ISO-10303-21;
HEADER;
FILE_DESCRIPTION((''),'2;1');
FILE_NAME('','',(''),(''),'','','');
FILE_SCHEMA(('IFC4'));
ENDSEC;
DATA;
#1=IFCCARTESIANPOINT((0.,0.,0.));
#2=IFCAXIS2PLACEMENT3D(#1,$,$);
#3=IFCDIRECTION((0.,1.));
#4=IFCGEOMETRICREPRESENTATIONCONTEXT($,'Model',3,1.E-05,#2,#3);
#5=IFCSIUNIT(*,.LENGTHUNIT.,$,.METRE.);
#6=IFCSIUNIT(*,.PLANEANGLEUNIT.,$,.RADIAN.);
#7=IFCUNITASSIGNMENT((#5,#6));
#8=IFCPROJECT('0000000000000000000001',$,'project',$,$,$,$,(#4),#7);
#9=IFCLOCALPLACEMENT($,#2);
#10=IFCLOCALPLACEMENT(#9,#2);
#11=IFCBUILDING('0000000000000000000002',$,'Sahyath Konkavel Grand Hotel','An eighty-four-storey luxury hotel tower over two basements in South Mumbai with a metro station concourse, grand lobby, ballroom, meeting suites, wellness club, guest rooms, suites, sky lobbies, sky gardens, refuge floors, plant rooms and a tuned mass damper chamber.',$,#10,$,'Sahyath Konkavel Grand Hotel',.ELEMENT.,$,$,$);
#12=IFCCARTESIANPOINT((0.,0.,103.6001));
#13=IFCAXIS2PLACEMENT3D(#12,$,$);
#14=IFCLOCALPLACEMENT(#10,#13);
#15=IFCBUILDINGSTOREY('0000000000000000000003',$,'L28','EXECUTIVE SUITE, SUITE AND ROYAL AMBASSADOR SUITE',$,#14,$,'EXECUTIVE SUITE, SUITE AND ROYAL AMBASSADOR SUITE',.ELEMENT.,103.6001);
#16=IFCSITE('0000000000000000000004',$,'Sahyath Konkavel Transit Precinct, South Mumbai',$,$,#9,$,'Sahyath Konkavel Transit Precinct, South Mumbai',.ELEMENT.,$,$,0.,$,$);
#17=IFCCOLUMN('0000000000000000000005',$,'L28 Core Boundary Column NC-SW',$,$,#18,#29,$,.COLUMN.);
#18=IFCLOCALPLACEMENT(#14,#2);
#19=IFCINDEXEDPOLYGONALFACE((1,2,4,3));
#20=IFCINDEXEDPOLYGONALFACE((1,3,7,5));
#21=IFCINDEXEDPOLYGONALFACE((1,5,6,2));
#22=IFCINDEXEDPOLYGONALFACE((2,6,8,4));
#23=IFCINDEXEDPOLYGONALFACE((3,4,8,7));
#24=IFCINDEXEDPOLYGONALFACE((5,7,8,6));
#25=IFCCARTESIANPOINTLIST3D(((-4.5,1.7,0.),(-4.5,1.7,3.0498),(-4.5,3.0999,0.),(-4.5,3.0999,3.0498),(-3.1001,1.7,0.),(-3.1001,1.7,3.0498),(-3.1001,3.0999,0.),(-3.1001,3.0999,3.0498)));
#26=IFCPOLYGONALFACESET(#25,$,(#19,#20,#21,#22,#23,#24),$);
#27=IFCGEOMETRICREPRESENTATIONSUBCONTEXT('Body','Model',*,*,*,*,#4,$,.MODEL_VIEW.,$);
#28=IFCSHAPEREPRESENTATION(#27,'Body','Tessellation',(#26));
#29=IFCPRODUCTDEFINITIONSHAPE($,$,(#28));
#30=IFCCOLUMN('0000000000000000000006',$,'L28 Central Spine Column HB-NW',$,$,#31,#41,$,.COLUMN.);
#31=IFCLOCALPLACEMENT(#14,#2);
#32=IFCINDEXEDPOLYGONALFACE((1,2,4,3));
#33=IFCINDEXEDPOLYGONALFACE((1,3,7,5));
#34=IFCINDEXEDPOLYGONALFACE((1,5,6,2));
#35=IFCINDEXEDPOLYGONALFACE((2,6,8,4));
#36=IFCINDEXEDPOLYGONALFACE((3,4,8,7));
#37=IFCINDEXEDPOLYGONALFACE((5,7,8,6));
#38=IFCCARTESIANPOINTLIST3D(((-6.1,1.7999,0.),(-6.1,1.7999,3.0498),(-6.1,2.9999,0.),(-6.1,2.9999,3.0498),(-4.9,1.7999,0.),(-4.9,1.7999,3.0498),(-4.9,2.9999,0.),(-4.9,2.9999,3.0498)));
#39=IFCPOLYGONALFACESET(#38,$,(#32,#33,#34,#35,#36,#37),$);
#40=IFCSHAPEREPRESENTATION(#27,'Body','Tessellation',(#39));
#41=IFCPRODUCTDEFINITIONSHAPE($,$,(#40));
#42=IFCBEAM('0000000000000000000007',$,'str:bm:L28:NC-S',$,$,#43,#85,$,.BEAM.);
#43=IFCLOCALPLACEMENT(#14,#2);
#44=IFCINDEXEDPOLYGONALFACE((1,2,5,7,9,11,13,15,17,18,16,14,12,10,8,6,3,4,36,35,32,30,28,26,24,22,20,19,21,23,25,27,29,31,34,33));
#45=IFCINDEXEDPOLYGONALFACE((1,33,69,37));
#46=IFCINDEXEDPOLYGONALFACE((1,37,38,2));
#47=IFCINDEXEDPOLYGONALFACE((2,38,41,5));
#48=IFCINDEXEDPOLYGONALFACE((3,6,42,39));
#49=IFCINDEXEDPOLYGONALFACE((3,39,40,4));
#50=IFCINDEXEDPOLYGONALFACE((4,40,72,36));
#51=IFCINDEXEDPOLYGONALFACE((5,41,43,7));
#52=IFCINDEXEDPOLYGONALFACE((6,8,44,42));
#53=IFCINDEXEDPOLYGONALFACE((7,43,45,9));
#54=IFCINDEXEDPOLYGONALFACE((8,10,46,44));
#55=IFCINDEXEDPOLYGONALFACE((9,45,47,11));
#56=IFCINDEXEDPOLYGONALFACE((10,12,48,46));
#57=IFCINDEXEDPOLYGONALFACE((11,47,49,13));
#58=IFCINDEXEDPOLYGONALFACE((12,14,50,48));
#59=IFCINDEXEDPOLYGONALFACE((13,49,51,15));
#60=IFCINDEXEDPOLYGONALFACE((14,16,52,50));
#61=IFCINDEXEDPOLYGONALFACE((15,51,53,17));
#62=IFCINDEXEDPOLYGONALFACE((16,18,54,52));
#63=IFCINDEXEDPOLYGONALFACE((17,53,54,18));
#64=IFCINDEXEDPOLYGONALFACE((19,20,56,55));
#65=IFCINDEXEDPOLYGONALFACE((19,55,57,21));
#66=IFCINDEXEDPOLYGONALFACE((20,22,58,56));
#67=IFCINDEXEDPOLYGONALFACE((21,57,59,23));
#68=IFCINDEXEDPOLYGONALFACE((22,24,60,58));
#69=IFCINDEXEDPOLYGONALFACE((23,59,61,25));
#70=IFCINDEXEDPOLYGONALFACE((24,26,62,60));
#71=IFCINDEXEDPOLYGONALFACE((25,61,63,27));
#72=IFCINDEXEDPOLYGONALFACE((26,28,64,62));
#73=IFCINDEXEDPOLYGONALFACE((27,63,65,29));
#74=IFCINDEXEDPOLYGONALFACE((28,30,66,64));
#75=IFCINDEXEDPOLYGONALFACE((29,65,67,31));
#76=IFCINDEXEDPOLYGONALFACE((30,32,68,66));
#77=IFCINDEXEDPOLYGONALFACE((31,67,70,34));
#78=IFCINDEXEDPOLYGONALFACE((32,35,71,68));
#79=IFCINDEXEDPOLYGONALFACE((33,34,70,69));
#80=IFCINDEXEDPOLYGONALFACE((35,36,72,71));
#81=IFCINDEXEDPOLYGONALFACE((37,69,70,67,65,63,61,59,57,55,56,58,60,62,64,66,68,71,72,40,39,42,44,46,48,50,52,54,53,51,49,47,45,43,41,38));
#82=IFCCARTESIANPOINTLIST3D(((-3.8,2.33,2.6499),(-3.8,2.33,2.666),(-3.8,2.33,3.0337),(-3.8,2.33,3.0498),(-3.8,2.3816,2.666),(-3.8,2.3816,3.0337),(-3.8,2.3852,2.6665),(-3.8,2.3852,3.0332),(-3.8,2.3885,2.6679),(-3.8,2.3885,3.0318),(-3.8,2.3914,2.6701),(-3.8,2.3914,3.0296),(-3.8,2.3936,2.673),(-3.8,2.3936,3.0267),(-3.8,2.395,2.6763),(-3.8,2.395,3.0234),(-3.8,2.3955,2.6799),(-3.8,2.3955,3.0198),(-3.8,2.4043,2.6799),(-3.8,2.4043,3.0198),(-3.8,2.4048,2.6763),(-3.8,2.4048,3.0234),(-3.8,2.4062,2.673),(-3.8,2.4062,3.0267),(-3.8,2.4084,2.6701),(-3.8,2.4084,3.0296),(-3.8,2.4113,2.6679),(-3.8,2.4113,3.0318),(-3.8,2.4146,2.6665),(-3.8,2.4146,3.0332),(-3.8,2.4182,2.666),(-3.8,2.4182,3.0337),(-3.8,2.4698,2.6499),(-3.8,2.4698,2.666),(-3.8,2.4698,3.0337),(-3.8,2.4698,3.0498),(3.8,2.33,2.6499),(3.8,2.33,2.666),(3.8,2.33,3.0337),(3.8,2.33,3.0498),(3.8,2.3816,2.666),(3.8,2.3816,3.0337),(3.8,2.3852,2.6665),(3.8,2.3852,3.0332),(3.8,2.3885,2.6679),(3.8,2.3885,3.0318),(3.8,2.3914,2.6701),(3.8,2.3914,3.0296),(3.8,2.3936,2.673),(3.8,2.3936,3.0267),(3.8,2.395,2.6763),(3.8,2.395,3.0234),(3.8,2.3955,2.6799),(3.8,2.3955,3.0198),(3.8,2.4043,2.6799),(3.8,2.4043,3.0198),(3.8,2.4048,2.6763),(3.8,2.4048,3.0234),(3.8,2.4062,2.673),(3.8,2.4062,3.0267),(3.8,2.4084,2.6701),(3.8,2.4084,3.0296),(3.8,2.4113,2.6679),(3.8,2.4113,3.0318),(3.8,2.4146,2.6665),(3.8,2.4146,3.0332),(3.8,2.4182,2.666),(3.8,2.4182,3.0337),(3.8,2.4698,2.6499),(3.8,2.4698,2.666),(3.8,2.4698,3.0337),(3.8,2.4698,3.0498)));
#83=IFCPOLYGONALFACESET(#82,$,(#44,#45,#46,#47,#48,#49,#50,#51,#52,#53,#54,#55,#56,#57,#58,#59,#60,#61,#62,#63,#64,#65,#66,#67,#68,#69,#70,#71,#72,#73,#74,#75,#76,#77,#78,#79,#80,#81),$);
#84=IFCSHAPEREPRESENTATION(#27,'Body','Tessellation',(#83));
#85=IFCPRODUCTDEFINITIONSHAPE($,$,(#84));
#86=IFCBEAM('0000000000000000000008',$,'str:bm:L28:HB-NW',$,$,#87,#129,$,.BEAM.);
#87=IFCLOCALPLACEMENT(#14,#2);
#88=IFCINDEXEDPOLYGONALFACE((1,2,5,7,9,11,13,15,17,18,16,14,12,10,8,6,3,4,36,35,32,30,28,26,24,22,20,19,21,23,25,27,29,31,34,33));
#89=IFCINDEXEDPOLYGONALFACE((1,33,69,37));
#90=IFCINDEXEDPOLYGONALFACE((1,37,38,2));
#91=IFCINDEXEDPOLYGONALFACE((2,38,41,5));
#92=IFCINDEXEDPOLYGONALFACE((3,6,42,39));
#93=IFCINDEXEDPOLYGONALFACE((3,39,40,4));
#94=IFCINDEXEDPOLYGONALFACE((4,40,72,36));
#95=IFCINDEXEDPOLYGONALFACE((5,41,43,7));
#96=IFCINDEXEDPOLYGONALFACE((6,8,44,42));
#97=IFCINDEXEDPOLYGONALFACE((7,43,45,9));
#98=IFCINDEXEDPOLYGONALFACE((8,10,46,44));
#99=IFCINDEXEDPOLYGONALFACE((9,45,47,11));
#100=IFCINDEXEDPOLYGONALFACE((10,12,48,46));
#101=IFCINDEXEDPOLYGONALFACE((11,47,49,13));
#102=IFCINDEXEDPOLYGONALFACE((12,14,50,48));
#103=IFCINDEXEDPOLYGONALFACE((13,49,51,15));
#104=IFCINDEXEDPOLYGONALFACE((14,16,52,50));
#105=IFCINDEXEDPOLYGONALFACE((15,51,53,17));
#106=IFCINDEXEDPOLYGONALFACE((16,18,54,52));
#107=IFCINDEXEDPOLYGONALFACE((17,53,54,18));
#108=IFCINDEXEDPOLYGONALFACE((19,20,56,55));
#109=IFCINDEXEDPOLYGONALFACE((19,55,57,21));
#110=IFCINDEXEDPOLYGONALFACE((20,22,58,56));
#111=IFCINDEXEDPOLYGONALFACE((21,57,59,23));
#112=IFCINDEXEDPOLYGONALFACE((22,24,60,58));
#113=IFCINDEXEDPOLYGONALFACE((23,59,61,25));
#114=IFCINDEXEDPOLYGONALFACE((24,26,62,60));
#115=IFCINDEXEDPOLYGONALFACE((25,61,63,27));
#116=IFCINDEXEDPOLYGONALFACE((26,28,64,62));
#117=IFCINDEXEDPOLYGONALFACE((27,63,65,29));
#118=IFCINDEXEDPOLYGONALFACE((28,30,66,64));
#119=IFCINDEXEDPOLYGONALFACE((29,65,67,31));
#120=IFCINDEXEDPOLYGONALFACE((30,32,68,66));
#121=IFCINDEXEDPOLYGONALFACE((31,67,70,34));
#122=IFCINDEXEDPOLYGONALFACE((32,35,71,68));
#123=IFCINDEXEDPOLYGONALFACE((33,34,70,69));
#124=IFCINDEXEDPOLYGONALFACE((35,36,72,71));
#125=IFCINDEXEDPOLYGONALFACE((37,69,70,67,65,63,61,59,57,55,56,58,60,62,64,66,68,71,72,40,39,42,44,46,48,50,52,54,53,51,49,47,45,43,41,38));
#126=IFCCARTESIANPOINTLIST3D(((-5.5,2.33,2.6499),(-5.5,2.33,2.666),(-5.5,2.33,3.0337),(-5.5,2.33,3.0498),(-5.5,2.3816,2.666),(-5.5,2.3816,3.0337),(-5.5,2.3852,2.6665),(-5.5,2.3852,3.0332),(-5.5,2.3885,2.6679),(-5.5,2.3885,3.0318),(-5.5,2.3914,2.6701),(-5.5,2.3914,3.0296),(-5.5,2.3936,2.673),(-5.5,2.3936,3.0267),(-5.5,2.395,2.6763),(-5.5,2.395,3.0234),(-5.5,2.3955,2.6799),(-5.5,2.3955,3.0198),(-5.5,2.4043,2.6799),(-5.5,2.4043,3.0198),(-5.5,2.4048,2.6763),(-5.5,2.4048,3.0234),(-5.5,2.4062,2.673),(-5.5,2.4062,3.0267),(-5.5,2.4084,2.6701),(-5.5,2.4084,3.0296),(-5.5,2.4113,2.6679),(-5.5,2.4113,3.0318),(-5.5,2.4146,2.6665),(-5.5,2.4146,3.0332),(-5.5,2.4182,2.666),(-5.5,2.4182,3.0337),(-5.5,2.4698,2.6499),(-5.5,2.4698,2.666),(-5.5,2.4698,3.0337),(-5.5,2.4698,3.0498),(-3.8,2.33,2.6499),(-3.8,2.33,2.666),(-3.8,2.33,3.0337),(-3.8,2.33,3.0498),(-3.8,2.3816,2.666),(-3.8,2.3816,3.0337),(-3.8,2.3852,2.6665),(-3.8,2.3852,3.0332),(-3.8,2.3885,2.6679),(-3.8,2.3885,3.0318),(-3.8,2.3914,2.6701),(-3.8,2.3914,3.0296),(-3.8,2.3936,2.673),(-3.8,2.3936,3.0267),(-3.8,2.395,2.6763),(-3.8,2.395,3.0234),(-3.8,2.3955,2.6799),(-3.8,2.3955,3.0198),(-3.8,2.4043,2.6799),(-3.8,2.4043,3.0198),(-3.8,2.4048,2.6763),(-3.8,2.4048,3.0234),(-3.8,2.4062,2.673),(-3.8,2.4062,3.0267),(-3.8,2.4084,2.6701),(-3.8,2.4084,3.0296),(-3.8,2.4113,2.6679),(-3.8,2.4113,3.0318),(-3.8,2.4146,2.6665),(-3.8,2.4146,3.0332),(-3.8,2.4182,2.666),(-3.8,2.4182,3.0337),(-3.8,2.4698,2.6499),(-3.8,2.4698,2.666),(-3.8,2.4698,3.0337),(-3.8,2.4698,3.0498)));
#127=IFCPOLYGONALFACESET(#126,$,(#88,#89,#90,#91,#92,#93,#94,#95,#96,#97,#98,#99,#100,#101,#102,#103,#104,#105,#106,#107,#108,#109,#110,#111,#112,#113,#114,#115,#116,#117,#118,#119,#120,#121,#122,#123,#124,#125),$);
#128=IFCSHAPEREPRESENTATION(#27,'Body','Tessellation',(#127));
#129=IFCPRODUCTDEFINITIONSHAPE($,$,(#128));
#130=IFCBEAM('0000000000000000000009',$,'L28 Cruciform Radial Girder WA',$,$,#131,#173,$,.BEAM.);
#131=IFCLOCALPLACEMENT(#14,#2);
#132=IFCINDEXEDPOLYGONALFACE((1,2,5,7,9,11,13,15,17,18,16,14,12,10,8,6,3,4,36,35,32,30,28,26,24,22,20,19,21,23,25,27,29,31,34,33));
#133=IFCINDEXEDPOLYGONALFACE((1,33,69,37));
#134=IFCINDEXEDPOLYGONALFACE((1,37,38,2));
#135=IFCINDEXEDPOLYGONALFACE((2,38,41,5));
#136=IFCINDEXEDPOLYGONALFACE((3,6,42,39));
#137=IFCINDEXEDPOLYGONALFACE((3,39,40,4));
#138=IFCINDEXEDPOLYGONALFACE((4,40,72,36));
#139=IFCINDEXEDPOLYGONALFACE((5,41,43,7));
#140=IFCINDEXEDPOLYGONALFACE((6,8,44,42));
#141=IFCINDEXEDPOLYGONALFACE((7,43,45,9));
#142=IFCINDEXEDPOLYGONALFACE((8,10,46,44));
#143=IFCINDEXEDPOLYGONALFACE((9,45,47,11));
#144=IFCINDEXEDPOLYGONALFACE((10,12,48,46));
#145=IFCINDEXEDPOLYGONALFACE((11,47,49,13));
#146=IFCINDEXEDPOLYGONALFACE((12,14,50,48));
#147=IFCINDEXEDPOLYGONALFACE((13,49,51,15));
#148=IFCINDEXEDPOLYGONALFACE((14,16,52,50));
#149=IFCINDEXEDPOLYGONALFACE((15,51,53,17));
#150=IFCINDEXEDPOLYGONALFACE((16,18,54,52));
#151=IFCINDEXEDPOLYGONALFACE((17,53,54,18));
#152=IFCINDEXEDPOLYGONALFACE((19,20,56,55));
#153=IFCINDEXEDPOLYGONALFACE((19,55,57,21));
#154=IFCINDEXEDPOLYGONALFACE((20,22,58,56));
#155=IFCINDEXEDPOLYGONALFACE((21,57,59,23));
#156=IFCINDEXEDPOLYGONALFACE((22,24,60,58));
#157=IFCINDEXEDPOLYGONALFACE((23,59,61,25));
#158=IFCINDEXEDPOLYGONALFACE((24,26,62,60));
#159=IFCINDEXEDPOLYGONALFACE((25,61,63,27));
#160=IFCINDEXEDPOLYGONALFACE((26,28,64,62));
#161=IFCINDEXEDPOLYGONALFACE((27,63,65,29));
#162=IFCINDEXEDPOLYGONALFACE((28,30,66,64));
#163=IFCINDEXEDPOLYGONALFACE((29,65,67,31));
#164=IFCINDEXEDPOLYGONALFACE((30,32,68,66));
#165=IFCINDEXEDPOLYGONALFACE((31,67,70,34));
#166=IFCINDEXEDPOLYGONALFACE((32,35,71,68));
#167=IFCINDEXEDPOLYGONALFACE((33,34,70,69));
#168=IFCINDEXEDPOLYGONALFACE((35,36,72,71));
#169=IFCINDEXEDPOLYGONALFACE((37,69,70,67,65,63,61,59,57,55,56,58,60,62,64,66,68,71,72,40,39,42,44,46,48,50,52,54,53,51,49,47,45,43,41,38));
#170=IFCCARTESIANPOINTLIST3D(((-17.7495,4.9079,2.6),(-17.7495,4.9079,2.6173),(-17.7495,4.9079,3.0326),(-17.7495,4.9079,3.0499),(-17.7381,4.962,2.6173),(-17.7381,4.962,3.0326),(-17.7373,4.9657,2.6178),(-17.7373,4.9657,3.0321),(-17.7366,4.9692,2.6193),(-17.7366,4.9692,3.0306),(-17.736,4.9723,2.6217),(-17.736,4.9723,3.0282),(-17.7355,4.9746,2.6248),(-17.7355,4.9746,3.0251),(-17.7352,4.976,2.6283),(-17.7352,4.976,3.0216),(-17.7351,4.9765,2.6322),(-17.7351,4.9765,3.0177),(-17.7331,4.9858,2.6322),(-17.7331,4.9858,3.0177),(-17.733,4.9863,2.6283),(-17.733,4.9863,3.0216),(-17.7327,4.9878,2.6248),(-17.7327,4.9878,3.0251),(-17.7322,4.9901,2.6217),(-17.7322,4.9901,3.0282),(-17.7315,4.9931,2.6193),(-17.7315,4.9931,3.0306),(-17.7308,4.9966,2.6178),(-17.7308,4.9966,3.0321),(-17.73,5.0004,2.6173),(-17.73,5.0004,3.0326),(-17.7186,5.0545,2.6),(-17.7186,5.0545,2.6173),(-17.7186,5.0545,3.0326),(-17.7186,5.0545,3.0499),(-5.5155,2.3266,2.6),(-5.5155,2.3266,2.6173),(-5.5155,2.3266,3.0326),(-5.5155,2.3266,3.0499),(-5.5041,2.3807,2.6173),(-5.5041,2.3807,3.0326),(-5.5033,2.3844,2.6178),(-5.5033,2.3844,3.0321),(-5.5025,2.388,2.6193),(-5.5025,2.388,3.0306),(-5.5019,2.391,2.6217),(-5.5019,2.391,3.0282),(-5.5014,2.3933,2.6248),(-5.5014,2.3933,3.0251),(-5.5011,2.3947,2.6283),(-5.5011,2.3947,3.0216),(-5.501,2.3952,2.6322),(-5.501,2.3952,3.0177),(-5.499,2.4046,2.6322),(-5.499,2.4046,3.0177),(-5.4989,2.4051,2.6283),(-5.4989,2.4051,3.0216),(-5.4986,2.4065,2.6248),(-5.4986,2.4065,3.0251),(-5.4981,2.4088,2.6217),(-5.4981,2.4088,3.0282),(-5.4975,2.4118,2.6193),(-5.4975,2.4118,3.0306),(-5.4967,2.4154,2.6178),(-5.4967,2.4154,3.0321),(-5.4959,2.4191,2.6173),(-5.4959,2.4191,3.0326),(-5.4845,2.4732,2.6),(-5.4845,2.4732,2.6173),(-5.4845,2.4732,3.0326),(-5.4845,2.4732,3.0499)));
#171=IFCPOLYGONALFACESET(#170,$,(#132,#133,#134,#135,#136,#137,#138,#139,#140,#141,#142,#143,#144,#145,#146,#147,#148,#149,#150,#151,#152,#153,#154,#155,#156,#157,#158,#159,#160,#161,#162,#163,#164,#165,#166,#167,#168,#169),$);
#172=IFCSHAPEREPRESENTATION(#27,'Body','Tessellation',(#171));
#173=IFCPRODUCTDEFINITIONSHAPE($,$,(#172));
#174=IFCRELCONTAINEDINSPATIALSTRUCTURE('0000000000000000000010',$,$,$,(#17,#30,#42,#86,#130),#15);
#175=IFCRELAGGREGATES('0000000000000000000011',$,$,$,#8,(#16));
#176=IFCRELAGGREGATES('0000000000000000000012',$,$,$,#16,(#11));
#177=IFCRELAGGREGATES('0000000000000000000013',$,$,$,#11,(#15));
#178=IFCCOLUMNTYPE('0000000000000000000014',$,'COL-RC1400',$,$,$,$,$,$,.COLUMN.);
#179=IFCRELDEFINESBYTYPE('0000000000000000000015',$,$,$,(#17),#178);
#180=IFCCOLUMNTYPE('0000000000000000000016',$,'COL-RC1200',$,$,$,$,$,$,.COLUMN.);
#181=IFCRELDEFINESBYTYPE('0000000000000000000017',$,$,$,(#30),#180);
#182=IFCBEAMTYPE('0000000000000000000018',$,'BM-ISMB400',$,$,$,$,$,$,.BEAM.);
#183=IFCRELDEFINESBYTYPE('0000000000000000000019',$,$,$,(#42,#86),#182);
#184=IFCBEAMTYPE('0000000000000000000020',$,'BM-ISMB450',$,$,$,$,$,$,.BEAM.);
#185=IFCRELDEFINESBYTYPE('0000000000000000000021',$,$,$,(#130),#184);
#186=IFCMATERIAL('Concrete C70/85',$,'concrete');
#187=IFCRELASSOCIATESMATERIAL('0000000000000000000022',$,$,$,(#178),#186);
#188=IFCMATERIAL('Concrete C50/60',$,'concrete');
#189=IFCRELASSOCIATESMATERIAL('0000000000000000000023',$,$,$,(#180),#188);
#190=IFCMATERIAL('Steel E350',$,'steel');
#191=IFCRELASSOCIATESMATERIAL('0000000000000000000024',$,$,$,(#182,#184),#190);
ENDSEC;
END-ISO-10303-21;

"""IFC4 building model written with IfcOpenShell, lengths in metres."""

from ifc_helpers import new_model, si_unit, direction, frame, origin, origin_2d, place, context, subcontext, project, spatial, rectangle, i_section, extrude, source, transform, mapped, material, material_profile, profile_set, type_object, element, save


model = new_model("IFC4")

# Units and contexts
model_context = context("Model", 3, precision=1e-05, world=origin(), true_north=direction((0.0, 1.0)))
body_context = subcontext(model_context, "Body", "Model", "MODEL_VIEW")
ifc_project = project(units=[si_unit("LENGTHUNIT", "METRE"), si_unit("PLANEANGLEUNIT", "RADIAN")], contexts=[model_context])

# Site, building, storey
site_placement = place(None, origin())
site = spatial("IfcSite", under=ifc_project, at=site_placement, Name="Sahyath Konkavel Transit Precinct, South Mumbai", LongName="Sahyath Konkavel Transit Precinct, South Mumbai", CompositionType="ELEMENT", RefElevation=0.0)
building_placement = place(site_placement, origin())
building = spatial("IfcBuilding", under=site, at=building_placement, Name="Sahyath Konkavel Grand Hotel", Description="An eighty-four-storey luxury hotel tower over two basements in South Mumbai with a metro station concourse, grand lobby, ballroom, meeting suites, wellness club, guest rooms, suites, sky lobbies, sky gardens, refuge floors, plant rooms and a tuned mass damper chamber.", LongName="Sahyath Konkavel Grand Hotel", CompositionType="ELEMENT")
storey_placement = place(building_placement, frame((0.0, 0.0, 103.6001)))
storey = spatial("IfcBuildingStorey", under=building, at=storey_placement, Name="L28", Description="EXECUTIVE SUITE, SUITE AND ROYAL AMBASSADOR SUITE", LongName="EXECUTIVE SUITE, SUITE AND ROYAL AMBASSADOR SUITE", CompositionType="ELEMENT", Elevation=103.6001)

# Columns
ifc_material_1 = material(Name="Concrete C70/85", Category="concrete")
ifc_material_profile_1 = material_profile(ifc_material_1, rectangle(XDim=1.3999, YDim=1.3999, at=origin_2d()), Name="RC 1400x1400")
ifc_profile_set_1 = profile_set([ifc_material_profile_1], Name="Concrete C70/85")
column_type_1 = type_object("IfcColumnType", Name="COL-RC1400", PredefinedType="COLUMN", material=ifc_profile_set_1)
shared_shape_1 = source(origin(), body_context, "Body", "SweptSolid", [
    extrude(rectangle(XDim=1.3999, YDim=1.3999, at=origin_2d()), origin(), (0.0, 0.0, 1.0), 3.0498),
])
column_1_placement = place(storey_placement, frame((-3.8, 2.3999, 0.0), z_axis=(0.0, 0.0, 1.0), x_axis=(1.0, 0.0, 0.0)))
element("IfcColumn", 1, at=column_1_placement, inside=storey, type_object=column_type_1, Name="L28 Core Boundary Column NC-SW", PredefinedType="COLUMN", context=body_context, shape_type="MappedRepresentation", body=[
    mapped(shared_shape_1, transform((0.0, 0.0, 0.0), scale=1.0)),
])
ifc_material_2 = material(Name="Concrete C50/60", Category="concrete")
ifc_material_profile_2 = material_profile(ifc_material_2, rectangle(XDim=1.2, YDim=1.2, at=origin_2d()), Name="RC 1200x1200")
ifc_profile_set_2 = profile_set([ifc_material_profile_2], Name="Concrete C50/60")
column_type_2 = type_object("IfcColumnType", Name="COL-RC1200", PredefinedType="COLUMN", material=ifc_profile_set_2)
shared_shape_2 = source(origin(), body_context, "Body", "SweptSolid", [
    extrude(rectangle(XDim=1.2, YDim=1.2, at=origin_2d()), origin(), (0.0, 0.0, 1.0), 3.0498),
])
column_2_placement = place(storey_placement, frame((-5.5, 2.3999, 0.0), z_axis=(0.0, 0.0, 1.0), x_axis=(1.0, 0.0, 0.0)))
element("IfcColumn", 2, at=column_2_placement, inside=storey, type_object=column_type_2, Name="L28 Central Spine Column HB-NW", PredefinedType="COLUMN", context=body_context, shape_type="MappedRepresentation", body=[
    mapped(shared_shape_2, transform((0.0, 0.0, 0.0), scale=1.0)),
])

# Beams
ifc_material_3 = material(Name="Steel E350", Category="steel")
ifc_material_profile_3 = material_profile(ifc_material_3, i_section(OverallWidth=0.1399, OverallDepth=0.3999, WebThickness=0.0088, FlangeThickness=0.0161, FilletRadius=0.0139, at=origin_2d()), Name="ISMB 400")
ifc_profile_set_3 = profile_set([ifc_material_profile_3], Name="Steel E350")
beam_type_1 = type_object("IfcBeamType", Name="BM-ISMB400", PredefinedType="BEAM", material=ifc_profile_set_3)
shared_shape_3 = source(origin(), body_context, "Body", "SweptSolid", [
    extrude(i_section(OverallWidth=0.1399, OverallDepth=0.3999, WebThickness=0.0088, FlangeThickness=0.0161, FilletRadius=0.0139, at=origin_2d()), origin(), (0.0, 0.0, 1.0), 7.6001),
])
beam_1_placement = place(storey_placement, frame((-3.8, 2.3999, 2.8499), z_axis=(1.0, 0.0, 0.0), x_axis=(0.0, 1.0, 0.0)))
element("IfcBeam", 3, at=beam_1_placement, inside=storey, type_object=beam_type_1, Name="str:bm:L28:NC-S", PredefinedType="BEAM", context=body_context, shape_type="MappedRepresentation", body=[
    mapped(shared_shape_3, transform((0.0, 0.0, 0.0), scale=1.0)),
])
shared_shape_4 = source(origin(), body_context, "Body", "SweptSolid", [
    extrude(i_section(OverallWidth=0.1399, OverallDepth=0.3999, WebThickness=0.0088, FlangeThickness=0.0161, FilletRadius=0.0139, at=origin_2d()), origin(), (0.0, 0.0, 1.0), 1.7),
])
beam_2_placement = place(storey_placement, frame((-5.5, 2.3999, 2.8499), z_axis=(1.0, 0.0, 0.0), x_axis=(0.0, 1.0, 0.0)))
element("IfcBeam", 4, at=beam_2_placement, inside=storey, type_object=beam_type_1, Name="str:bm:L28:HB-NW", PredefinedType="BEAM", context=body_context, shape_type="MappedRepresentation", body=[
    mapped(shared_shape_4, transform((0.0, 0.0, 0.0), scale=1.0)),
])
ifc_material_profile_4 = material_profile(ifc_material_3, i_section(OverallWidth=0.1499, OverallDepth=0.45, WebThickness=0.0095, FlangeThickness=0.0173, FilletRadius=0.0149, at=origin_2d()), Name="ISMB 450")
ifc_profile_set_4 = profile_set([ifc_material_profile_4], Name="Steel E350")
beam_type_2 = type_object("IfcBeamType", Name="BM-ISMB450", PredefinedType="BEAM", material=ifc_profile_set_4)
shared_shape_5 = source(origin(), body_context, "Body", "SweptSolid", [
    extrude(i_section(OverallWidth=0.1499, OverallDepth=0.45, WebThickness=0.0095, FlangeThickness=0.0173, FilletRadius=0.0149, at=origin_2d()), origin(), (0.0, 0.0, 1.0), 12.5034),
])
beam_3_placement = place(storey_placement, frame((-5.5, 2.3999, 2.825), z_axis=(-0.978458, 0.206446, 0.0), x_axis=(-0.206446, -0.978458, 0.0)))
element("IfcBeam", 5, at=beam_3_placement, inside=storey, type_object=beam_type_2, Name="L28 Cruciform Radial Girder WA", PredefinedType="BEAM", context=body_context, shape_type="MappedRepresentation", body=[
    mapped(shared_shape_5, transform((0.0, 0.0, 0.0), scale=1.0)),
])

save(model, "model.ifc")
